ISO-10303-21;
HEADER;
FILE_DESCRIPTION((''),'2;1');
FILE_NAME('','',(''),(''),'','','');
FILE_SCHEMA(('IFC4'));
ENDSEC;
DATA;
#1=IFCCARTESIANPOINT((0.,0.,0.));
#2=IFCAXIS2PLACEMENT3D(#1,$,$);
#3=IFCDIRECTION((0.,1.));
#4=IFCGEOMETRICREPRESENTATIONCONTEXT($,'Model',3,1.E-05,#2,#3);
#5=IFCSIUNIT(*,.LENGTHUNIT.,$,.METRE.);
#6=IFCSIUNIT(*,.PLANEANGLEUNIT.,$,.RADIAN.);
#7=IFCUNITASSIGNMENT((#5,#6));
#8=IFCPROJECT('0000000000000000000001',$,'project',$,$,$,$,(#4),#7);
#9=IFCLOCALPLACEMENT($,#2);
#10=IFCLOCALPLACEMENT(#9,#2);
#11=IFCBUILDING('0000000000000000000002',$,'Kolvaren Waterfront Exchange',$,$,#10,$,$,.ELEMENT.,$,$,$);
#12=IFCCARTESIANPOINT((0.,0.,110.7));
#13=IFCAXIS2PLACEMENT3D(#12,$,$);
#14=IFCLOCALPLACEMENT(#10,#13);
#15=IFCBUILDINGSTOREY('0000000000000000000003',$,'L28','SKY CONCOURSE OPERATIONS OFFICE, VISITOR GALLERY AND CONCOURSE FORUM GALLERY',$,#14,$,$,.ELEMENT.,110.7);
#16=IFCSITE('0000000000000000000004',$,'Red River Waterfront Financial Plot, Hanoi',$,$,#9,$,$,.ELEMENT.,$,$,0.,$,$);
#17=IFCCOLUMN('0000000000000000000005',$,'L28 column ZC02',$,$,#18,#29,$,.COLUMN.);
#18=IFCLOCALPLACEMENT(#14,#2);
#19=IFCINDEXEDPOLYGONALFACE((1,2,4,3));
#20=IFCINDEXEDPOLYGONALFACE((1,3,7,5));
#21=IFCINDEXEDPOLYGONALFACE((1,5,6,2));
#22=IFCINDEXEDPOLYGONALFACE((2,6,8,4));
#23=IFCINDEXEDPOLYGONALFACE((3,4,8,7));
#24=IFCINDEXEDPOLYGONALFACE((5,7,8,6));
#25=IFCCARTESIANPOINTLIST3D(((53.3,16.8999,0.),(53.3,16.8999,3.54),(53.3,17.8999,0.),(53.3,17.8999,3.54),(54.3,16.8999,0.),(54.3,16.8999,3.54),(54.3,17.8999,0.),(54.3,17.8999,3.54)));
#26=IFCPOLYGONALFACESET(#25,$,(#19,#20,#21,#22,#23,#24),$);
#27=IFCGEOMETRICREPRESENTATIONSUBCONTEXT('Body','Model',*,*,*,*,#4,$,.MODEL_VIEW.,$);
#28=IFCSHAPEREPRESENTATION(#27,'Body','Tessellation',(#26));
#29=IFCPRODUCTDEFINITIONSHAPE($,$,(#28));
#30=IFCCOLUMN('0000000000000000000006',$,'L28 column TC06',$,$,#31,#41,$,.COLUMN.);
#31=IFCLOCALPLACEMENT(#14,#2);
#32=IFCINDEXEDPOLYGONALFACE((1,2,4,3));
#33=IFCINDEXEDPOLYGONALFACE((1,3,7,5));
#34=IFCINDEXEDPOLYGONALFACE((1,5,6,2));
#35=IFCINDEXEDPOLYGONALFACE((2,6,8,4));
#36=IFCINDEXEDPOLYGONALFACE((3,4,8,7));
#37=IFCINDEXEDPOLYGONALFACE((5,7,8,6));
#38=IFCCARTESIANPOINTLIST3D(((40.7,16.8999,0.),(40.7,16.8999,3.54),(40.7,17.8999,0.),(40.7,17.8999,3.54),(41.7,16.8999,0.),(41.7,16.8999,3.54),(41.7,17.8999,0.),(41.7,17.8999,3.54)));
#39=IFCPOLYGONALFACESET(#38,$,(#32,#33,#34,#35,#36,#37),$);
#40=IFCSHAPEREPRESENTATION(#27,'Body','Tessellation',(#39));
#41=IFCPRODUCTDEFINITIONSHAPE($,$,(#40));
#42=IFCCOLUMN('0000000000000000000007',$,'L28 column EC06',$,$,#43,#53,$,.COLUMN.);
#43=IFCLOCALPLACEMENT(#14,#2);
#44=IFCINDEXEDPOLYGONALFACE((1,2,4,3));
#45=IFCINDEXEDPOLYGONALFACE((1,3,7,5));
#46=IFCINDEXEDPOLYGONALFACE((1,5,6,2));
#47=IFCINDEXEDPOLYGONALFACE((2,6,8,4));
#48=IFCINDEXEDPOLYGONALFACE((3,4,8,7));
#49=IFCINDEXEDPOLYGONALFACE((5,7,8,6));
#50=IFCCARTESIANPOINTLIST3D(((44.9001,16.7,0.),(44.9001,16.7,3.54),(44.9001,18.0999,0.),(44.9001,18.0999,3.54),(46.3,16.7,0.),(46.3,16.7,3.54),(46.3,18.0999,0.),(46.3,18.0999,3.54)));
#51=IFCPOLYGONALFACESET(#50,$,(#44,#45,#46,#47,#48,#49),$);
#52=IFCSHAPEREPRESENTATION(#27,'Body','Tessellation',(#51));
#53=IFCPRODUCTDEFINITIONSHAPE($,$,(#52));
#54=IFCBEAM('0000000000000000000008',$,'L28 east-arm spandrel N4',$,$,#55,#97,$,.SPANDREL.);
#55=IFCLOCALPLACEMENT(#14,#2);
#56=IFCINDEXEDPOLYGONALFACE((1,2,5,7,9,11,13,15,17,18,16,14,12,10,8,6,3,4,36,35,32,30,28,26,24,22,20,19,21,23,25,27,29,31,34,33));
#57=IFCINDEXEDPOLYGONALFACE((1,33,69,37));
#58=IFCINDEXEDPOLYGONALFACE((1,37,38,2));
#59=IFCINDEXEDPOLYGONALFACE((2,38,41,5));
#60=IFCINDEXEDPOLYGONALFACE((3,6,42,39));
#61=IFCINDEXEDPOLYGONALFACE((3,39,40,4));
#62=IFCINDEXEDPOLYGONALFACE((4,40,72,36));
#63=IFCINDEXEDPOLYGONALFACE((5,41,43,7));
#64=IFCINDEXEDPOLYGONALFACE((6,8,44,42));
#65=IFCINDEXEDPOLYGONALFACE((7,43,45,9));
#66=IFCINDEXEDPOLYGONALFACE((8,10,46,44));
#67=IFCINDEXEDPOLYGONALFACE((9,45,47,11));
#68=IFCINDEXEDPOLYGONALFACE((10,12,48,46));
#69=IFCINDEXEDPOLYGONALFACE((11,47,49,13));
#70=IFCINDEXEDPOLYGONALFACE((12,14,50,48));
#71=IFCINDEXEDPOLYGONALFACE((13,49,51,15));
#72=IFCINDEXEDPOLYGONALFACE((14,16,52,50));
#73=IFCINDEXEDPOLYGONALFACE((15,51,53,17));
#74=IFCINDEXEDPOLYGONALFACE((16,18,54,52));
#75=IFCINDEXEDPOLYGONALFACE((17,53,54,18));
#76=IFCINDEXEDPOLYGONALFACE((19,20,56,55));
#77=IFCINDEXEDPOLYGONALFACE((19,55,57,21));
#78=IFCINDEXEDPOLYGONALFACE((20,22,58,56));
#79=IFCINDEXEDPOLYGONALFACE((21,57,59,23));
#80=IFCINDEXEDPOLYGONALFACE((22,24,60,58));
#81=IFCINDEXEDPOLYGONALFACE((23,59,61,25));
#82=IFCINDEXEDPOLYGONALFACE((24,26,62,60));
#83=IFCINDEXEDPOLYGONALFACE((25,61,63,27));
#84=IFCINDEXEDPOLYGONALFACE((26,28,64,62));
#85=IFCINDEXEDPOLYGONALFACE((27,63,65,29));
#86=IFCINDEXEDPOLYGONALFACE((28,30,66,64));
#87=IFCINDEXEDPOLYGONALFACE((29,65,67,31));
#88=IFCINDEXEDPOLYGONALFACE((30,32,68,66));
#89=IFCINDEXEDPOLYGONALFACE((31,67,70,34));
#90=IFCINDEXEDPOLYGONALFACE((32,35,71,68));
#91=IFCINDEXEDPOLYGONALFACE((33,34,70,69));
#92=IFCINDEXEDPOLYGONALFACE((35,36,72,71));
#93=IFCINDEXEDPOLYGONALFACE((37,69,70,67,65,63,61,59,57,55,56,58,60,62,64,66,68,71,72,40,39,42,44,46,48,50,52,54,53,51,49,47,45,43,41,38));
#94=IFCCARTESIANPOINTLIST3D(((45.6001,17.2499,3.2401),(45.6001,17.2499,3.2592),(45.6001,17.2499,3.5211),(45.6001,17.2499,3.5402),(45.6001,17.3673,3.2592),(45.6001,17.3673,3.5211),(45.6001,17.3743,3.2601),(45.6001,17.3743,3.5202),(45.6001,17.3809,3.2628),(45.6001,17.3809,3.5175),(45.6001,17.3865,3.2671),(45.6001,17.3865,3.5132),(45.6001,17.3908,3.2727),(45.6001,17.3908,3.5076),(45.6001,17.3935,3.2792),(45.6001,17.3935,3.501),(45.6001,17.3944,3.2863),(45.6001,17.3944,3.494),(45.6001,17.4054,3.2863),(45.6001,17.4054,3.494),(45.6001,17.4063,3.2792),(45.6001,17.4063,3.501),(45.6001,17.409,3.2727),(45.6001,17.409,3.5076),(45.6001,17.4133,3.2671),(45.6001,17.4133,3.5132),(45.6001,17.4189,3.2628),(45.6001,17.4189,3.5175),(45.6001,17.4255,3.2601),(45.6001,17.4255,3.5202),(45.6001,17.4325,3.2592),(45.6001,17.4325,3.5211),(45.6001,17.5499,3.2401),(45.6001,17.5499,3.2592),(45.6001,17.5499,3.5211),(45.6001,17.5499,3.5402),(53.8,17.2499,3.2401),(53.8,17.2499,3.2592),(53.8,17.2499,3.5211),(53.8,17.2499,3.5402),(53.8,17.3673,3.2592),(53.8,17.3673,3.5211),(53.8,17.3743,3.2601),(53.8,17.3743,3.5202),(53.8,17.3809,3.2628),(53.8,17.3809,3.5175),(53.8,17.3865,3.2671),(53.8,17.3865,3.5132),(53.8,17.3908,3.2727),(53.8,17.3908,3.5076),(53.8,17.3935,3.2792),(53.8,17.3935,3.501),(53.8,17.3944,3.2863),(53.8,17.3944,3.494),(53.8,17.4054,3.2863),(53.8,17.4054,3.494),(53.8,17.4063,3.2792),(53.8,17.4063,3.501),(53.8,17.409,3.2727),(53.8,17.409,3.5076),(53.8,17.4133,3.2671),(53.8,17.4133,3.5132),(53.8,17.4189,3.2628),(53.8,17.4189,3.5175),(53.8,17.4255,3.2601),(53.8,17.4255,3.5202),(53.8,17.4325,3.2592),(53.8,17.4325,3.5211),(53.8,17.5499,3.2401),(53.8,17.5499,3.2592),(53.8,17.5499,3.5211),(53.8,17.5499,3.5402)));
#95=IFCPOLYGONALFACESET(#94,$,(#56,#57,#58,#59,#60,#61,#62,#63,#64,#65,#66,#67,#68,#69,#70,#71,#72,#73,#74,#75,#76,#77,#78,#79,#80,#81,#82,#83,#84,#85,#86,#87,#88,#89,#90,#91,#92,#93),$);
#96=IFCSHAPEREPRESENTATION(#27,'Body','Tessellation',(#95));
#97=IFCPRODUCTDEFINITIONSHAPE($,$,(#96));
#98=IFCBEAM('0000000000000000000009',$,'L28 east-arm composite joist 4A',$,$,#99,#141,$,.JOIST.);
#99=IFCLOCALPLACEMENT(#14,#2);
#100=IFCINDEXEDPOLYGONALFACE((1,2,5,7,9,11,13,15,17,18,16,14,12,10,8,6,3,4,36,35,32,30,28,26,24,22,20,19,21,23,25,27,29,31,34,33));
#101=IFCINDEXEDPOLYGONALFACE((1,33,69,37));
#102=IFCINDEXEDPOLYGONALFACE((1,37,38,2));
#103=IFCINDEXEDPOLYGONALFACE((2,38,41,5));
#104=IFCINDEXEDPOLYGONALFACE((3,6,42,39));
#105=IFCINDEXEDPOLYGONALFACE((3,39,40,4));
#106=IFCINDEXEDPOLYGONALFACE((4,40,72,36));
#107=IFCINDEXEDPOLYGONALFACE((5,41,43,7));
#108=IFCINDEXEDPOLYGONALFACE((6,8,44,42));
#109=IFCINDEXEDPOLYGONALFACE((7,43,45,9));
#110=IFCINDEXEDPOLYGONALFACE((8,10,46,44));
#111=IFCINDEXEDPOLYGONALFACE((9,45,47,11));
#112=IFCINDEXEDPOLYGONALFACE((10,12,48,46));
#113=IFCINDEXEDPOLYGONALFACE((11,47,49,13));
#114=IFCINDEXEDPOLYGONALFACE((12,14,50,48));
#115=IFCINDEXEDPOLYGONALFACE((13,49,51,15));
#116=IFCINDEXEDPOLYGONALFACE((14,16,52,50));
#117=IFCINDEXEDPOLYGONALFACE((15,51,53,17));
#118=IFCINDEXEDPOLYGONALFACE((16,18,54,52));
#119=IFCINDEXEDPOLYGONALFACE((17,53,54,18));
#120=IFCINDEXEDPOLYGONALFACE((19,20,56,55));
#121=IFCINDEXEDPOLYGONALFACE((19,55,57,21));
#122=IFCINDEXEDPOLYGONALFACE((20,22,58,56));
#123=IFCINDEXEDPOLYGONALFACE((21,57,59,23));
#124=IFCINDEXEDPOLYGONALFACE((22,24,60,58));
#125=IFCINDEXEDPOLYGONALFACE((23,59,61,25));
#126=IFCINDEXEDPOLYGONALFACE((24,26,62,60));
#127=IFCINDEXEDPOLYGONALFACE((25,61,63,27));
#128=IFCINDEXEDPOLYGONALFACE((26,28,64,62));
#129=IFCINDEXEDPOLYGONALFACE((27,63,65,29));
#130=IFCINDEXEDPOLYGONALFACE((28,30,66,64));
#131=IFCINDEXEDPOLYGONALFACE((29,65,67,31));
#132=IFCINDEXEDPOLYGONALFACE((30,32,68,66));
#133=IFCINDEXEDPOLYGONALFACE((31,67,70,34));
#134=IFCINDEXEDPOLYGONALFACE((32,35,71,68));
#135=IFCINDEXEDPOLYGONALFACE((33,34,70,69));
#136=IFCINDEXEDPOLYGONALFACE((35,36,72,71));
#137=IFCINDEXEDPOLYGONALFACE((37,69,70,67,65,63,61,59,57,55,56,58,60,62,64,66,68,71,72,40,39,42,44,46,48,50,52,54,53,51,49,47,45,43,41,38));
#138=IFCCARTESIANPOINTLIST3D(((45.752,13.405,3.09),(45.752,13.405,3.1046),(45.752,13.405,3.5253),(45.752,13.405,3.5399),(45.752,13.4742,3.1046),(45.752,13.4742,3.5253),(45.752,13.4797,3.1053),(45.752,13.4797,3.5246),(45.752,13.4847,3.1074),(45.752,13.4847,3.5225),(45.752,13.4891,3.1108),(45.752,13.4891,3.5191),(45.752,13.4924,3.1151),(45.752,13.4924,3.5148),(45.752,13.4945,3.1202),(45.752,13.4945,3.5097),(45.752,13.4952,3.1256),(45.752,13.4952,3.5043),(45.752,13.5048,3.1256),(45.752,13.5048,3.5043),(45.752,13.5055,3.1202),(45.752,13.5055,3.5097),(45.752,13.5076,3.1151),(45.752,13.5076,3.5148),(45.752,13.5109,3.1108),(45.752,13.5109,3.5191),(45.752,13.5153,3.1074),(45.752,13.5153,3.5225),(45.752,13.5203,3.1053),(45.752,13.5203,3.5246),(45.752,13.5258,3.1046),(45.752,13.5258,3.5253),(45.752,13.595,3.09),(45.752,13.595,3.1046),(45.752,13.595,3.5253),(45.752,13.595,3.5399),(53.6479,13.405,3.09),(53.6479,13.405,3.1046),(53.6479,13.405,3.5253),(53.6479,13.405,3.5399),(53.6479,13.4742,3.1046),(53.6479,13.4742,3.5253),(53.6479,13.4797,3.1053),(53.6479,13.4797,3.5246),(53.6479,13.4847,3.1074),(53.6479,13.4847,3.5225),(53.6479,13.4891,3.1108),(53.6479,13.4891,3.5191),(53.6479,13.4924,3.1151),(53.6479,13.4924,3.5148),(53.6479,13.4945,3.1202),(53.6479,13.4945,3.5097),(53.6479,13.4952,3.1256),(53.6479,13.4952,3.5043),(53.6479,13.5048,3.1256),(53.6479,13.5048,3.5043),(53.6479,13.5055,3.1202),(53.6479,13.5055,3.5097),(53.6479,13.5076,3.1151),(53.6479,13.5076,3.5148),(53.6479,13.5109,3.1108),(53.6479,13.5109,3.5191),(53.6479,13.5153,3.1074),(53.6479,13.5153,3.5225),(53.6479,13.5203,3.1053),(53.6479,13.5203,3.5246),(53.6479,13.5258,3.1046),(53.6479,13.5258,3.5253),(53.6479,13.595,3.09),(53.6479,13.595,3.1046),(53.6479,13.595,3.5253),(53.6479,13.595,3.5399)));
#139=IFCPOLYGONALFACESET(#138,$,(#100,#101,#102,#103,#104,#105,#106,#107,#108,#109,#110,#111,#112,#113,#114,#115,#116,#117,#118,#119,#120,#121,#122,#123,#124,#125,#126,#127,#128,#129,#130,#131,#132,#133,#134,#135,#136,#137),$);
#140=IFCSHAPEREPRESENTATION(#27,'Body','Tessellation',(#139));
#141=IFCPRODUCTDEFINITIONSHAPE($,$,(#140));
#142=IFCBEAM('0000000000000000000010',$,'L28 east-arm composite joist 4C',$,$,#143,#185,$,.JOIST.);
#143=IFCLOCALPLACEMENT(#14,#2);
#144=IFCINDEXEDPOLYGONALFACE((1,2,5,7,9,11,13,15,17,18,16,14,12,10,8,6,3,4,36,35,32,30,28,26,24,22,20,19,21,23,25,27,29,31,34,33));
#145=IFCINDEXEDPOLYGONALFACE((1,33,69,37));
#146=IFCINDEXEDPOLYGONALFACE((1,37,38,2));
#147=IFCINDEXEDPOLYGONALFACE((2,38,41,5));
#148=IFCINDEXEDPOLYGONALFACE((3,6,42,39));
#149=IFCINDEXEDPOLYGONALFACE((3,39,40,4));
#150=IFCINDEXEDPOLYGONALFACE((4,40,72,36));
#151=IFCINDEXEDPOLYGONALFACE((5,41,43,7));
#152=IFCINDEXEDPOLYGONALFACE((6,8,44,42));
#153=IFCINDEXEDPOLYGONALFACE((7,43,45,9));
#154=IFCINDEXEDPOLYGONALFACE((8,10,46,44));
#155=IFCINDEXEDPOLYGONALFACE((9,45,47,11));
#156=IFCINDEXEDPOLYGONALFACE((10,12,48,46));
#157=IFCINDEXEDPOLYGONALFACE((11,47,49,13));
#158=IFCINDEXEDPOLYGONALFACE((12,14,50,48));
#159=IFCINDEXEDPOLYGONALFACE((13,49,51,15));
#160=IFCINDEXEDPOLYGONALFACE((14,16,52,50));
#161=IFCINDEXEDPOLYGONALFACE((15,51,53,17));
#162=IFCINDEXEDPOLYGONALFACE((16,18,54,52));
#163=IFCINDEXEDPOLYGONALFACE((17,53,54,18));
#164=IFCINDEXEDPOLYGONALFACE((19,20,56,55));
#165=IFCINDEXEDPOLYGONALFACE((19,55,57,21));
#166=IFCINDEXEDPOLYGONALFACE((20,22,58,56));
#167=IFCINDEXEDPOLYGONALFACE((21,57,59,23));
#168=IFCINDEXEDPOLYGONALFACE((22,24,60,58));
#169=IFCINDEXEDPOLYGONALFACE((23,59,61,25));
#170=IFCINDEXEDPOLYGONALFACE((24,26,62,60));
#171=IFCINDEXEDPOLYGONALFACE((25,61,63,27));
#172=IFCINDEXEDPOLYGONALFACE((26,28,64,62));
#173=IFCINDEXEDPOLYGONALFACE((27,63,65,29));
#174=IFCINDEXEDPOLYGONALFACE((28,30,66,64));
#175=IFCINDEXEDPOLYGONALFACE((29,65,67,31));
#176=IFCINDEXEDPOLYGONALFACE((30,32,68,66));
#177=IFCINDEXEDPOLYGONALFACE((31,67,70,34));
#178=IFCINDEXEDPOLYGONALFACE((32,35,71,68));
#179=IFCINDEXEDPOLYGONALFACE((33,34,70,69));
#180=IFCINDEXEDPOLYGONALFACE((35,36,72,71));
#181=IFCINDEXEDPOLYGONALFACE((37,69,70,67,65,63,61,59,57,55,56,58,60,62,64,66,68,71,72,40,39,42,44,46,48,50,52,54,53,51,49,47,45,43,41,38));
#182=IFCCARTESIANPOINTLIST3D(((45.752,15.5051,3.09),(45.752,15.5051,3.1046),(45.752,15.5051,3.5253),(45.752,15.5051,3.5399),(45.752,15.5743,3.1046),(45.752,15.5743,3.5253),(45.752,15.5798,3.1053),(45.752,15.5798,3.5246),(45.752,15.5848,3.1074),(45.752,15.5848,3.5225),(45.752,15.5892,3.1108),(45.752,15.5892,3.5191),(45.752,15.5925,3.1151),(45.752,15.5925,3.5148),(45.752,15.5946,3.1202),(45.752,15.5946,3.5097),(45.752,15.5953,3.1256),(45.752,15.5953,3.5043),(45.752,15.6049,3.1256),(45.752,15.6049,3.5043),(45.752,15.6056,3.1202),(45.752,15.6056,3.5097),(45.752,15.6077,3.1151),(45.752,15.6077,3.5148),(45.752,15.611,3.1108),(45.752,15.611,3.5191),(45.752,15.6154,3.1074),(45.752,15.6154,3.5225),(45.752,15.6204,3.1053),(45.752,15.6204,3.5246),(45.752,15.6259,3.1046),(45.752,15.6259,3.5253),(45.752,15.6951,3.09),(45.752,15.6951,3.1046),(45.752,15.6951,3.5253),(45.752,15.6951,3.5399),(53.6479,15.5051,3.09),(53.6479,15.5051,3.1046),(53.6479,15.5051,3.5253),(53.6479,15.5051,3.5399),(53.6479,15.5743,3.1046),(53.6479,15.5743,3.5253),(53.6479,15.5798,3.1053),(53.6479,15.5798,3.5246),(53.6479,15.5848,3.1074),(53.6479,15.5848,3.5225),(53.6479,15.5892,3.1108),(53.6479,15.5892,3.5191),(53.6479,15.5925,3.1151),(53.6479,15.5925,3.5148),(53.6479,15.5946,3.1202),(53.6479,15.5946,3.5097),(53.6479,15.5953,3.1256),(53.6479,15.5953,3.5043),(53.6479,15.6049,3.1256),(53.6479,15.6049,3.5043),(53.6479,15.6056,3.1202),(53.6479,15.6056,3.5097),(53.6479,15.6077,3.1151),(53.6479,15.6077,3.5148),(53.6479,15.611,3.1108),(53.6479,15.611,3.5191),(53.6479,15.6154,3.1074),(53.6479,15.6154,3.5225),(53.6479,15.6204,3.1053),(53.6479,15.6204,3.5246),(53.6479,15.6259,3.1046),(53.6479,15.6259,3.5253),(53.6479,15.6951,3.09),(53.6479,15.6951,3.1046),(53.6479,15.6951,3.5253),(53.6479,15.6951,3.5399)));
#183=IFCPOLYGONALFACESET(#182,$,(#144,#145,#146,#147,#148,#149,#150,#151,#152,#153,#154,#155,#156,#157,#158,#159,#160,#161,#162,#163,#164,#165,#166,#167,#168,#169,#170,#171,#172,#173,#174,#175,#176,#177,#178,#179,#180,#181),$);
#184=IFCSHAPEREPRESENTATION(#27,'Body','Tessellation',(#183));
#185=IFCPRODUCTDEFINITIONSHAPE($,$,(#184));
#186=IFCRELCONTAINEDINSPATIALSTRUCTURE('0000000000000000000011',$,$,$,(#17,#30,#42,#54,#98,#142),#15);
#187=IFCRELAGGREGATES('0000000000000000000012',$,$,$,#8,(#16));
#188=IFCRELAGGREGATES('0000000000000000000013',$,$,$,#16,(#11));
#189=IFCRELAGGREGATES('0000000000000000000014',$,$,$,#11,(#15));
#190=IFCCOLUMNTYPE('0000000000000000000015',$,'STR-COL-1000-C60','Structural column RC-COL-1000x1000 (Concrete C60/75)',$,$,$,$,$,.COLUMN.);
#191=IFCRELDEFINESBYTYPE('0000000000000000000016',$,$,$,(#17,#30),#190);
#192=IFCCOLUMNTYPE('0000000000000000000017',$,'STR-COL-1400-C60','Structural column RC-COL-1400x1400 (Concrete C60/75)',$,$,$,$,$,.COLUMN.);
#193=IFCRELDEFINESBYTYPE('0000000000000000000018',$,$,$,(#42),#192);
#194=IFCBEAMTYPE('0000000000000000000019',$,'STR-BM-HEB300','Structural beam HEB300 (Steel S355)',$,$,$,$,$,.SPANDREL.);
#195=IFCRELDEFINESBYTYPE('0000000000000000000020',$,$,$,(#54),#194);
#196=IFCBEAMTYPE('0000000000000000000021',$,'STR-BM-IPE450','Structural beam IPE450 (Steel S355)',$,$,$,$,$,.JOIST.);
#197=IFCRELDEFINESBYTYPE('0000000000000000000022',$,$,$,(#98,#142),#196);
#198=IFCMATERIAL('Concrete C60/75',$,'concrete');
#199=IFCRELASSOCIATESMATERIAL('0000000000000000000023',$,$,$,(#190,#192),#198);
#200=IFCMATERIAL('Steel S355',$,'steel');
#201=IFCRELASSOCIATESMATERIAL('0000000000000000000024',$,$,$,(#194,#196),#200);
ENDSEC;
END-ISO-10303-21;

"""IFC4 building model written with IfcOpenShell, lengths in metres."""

from ifc_helpers import new_model, si_unit, direction, frame, origin, origin_2d, place, context, subcontext, project, spatial, rectangle, i_section, extrude, material, material_profile, profile_set, type_object, element, save


model = new_model("IFC4")

# Units and contexts
model_context = context("Model", 3, precision=1e-05, world=origin(), true_north=direction((0.0, 1.0)))
body_context = subcontext(model_context, "Body", "Model", "MODEL_VIEW")
ifc_project = project(units=[si_unit("LENGTHUNIT", "METRE"), si_unit("PLANEANGLEUNIT", "RADIAN")], contexts=[model_context])

# Site, building, storey
site_placement = place(None, origin())
site = spatial("IfcSite", under=ifc_project, at=site_placement, Name="Red River Waterfront Financial Plot, Hanoi", CompositionType="ELEMENT", RefElevation=0.0)
building_placement = place(site_placement, origin())
building = spatial("IfcBuilding", under=site, at=building_placement, Name="Kolvaren Waterfront Exchange", CompositionType="ELEMENT")
storey_placement = place(building_placement, frame((0.0, 0.0, 110.7)))
storey = spatial("IfcBuildingStorey", under=building, at=storey_placement, Name="L28", Description="SKY CONCOURSE OPERATIONS OFFICE, VISITOR GALLERY AND CONCOURSE FORUM GALLERY", CompositionType="ELEMENT", Elevation=110.7)

# Columns
ifc_material_1 = material(Name="Concrete C60/75", Category="concrete")
ifc_material_profile_1 = material_profile(ifc_material_1, rectangle(XDim=1.0, YDim=1.0, at=origin_2d()), Name="RC-COL-1000x1000")
ifc_profile_set_1 = profile_set([ifc_material_profile_1], Name="Concrete C60/75")
column_type_1 = type_object("IfcColumnType", Name="STR-COL-1000-C60", Description="Structural column RC-COL-1000x1000 (Concrete C60/75)", PredefinedType="COLUMN", material=ifc_profile_set_1)
for number, where, z_axis, x_axis, name in (
    (1, (53.8, 17.3999, 0.0), (0.0, 0.0, 1.0), (1.0, 0.0, 0.0), "L28 column ZC02"),
    (2, (41.2, 17.3999, 0.0), (0.0, 0.0, 1.0), (1.0, 0.0, 0.0), "L28 column TC06"),
):
    element("IfcColumn", number, at=place(storey_placement, frame(where, z_axis=z_axis, x_axis=x_axis)), inside=storey, type_object=column_type_1, Name=name, PredefinedType="COLUMN", context=body_context, shape_type="SweptSolid", body=[
        extrude(rectangle(XDim=1.0, YDim=1.0, at=origin_2d()), origin(), (0.0, 0.0, 1.0), 3.54),
    ])
ifc_material_profile_2 = material_profile(ifc_material_1, rectangle(XDim=1.3999, YDim=1.3999, at=origin_2d()), Name="RC-COL-1400x1400")
ifc_profile_set_2 = profile_set([ifc_material_profile_2], Name="Concrete C60/75")
column_type_2 = type_object("IfcColumnType", Name="STR-COL-1400-C60", Description="Structural column RC-COL-1400x1400 (Concrete C60/75)", PredefinedType="COLUMN", material=ifc_profile_set_2)
column_placement = place(storey_placement, frame((45.6001, 17.3999, 0.0), z_axis=(0.0, 0.0, 1.0), x_axis=(1.0, 0.0, 0.0)))
element("IfcColumn", 3, at=column_placement, inside=storey, type_object=column_type_2, Name="L28 column EC06", PredefinedType="COLUMN", context=body_context, shape_type="SweptSolid", body=[
    extrude(rectangle(XDim=1.3999, YDim=1.3999, at=origin_2d()), origin(), (0.0, 0.0, 1.0), 3.54),
])

# Beams
ifc_material_2 = material(Name="Steel S355", Category="steel")
ifc_material_profile_3 = material_profile(ifc_material_2, i_section(OverallWidth=0.3, OverallDepth=0.3, WebThickness=0.011, FlangeThickness=0.019, FilletRadius=0.0271, at=origin_2d()), Name="HEB300")
ifc_profile_set_3 = profile_set([ifc_material_profile_3], Name="Steel S355")
beam_type_1 = type_object("IfcBeamType", Name="STR-BM-HEB300", Description="Structural beam HEB300 (Steel S355)", PredefinedType="SPANDREL", material=ifc_profile_set_3)
beam_placement = place(storey_placement, frame((45.6001, 17.3999, 3.3901), z_axis=(1.0, 0.0, 0.0), x_axis=(0.0, 1.0, 0.0)))
element("IfcBeam", 4, at=beam_placement, inside=storey, type_object=beam_type_1, Name="L28 east-arm spandrel N4", PredefinedType="SPANDREL", context=body_context, shape_type="SweptSolid", body=[
    extrude(i_section(OverallWidth=0.3, OverallDepth=0.3, WebThickness=0.011, FlangeThickness=0.019, FilletRadius=0.0271, at=origin_2d()), origin(), (0.0, 0.0, 1.0), 8.2),
])
ifc_material_profile_4 = material_profile(ifc_material_2, i_section(OverallWidth=0.1899, OverallDepth=0.45, WebThickness=0.0095, FlangeThickness=0.0146, FilletRadius=0.021, at=origin_2d()), Name="IPE450")
ifc_profile_set_4 = profile_set([ifc_material_profile_4], Name="Steel S355")
beam_type_2 = type_object("IfcBeamType", Name="STR-BM-IPE450", Description="Structural beam IPE450 (Steel S355)", PredefinedType="JOIST", material=ifc_profile_set_4)
for number, where, z_axis, x_axis, name in (
    (5, (45.752, 13.5, 3.3149), (1.0, 0.0, 0.0), (0.0, 1.0, 0.0), "L28 east-arm composite joist 4A"),
    (6, (45.752, 15.6001, 3.3149), (1.0, 0.0, 0.0), (0.0, 1.0, 0.0), "L28 east-arm composite joist 4C"),
):
    element("IfcBeam", number, at=place(storey_placement, frame(where, z_axis=z_axis, x_axis=x_axis)), inside=storey, type_object=beam_type_2, Name=name, PredefinedType="JOIST", context=body_context, shape_type="SweptSolid", body=[
        extrude(i_section(OverallWidth=0.1899, OverallDepth=0.45, WebThickness=0.0095, FlangeThickness=0.0146, FilletRadius=0.021, at=origin_2d()), origin(), (0.0, 0.0, 1.0), 7.896),
    ])

save(model, "model.ifc")
